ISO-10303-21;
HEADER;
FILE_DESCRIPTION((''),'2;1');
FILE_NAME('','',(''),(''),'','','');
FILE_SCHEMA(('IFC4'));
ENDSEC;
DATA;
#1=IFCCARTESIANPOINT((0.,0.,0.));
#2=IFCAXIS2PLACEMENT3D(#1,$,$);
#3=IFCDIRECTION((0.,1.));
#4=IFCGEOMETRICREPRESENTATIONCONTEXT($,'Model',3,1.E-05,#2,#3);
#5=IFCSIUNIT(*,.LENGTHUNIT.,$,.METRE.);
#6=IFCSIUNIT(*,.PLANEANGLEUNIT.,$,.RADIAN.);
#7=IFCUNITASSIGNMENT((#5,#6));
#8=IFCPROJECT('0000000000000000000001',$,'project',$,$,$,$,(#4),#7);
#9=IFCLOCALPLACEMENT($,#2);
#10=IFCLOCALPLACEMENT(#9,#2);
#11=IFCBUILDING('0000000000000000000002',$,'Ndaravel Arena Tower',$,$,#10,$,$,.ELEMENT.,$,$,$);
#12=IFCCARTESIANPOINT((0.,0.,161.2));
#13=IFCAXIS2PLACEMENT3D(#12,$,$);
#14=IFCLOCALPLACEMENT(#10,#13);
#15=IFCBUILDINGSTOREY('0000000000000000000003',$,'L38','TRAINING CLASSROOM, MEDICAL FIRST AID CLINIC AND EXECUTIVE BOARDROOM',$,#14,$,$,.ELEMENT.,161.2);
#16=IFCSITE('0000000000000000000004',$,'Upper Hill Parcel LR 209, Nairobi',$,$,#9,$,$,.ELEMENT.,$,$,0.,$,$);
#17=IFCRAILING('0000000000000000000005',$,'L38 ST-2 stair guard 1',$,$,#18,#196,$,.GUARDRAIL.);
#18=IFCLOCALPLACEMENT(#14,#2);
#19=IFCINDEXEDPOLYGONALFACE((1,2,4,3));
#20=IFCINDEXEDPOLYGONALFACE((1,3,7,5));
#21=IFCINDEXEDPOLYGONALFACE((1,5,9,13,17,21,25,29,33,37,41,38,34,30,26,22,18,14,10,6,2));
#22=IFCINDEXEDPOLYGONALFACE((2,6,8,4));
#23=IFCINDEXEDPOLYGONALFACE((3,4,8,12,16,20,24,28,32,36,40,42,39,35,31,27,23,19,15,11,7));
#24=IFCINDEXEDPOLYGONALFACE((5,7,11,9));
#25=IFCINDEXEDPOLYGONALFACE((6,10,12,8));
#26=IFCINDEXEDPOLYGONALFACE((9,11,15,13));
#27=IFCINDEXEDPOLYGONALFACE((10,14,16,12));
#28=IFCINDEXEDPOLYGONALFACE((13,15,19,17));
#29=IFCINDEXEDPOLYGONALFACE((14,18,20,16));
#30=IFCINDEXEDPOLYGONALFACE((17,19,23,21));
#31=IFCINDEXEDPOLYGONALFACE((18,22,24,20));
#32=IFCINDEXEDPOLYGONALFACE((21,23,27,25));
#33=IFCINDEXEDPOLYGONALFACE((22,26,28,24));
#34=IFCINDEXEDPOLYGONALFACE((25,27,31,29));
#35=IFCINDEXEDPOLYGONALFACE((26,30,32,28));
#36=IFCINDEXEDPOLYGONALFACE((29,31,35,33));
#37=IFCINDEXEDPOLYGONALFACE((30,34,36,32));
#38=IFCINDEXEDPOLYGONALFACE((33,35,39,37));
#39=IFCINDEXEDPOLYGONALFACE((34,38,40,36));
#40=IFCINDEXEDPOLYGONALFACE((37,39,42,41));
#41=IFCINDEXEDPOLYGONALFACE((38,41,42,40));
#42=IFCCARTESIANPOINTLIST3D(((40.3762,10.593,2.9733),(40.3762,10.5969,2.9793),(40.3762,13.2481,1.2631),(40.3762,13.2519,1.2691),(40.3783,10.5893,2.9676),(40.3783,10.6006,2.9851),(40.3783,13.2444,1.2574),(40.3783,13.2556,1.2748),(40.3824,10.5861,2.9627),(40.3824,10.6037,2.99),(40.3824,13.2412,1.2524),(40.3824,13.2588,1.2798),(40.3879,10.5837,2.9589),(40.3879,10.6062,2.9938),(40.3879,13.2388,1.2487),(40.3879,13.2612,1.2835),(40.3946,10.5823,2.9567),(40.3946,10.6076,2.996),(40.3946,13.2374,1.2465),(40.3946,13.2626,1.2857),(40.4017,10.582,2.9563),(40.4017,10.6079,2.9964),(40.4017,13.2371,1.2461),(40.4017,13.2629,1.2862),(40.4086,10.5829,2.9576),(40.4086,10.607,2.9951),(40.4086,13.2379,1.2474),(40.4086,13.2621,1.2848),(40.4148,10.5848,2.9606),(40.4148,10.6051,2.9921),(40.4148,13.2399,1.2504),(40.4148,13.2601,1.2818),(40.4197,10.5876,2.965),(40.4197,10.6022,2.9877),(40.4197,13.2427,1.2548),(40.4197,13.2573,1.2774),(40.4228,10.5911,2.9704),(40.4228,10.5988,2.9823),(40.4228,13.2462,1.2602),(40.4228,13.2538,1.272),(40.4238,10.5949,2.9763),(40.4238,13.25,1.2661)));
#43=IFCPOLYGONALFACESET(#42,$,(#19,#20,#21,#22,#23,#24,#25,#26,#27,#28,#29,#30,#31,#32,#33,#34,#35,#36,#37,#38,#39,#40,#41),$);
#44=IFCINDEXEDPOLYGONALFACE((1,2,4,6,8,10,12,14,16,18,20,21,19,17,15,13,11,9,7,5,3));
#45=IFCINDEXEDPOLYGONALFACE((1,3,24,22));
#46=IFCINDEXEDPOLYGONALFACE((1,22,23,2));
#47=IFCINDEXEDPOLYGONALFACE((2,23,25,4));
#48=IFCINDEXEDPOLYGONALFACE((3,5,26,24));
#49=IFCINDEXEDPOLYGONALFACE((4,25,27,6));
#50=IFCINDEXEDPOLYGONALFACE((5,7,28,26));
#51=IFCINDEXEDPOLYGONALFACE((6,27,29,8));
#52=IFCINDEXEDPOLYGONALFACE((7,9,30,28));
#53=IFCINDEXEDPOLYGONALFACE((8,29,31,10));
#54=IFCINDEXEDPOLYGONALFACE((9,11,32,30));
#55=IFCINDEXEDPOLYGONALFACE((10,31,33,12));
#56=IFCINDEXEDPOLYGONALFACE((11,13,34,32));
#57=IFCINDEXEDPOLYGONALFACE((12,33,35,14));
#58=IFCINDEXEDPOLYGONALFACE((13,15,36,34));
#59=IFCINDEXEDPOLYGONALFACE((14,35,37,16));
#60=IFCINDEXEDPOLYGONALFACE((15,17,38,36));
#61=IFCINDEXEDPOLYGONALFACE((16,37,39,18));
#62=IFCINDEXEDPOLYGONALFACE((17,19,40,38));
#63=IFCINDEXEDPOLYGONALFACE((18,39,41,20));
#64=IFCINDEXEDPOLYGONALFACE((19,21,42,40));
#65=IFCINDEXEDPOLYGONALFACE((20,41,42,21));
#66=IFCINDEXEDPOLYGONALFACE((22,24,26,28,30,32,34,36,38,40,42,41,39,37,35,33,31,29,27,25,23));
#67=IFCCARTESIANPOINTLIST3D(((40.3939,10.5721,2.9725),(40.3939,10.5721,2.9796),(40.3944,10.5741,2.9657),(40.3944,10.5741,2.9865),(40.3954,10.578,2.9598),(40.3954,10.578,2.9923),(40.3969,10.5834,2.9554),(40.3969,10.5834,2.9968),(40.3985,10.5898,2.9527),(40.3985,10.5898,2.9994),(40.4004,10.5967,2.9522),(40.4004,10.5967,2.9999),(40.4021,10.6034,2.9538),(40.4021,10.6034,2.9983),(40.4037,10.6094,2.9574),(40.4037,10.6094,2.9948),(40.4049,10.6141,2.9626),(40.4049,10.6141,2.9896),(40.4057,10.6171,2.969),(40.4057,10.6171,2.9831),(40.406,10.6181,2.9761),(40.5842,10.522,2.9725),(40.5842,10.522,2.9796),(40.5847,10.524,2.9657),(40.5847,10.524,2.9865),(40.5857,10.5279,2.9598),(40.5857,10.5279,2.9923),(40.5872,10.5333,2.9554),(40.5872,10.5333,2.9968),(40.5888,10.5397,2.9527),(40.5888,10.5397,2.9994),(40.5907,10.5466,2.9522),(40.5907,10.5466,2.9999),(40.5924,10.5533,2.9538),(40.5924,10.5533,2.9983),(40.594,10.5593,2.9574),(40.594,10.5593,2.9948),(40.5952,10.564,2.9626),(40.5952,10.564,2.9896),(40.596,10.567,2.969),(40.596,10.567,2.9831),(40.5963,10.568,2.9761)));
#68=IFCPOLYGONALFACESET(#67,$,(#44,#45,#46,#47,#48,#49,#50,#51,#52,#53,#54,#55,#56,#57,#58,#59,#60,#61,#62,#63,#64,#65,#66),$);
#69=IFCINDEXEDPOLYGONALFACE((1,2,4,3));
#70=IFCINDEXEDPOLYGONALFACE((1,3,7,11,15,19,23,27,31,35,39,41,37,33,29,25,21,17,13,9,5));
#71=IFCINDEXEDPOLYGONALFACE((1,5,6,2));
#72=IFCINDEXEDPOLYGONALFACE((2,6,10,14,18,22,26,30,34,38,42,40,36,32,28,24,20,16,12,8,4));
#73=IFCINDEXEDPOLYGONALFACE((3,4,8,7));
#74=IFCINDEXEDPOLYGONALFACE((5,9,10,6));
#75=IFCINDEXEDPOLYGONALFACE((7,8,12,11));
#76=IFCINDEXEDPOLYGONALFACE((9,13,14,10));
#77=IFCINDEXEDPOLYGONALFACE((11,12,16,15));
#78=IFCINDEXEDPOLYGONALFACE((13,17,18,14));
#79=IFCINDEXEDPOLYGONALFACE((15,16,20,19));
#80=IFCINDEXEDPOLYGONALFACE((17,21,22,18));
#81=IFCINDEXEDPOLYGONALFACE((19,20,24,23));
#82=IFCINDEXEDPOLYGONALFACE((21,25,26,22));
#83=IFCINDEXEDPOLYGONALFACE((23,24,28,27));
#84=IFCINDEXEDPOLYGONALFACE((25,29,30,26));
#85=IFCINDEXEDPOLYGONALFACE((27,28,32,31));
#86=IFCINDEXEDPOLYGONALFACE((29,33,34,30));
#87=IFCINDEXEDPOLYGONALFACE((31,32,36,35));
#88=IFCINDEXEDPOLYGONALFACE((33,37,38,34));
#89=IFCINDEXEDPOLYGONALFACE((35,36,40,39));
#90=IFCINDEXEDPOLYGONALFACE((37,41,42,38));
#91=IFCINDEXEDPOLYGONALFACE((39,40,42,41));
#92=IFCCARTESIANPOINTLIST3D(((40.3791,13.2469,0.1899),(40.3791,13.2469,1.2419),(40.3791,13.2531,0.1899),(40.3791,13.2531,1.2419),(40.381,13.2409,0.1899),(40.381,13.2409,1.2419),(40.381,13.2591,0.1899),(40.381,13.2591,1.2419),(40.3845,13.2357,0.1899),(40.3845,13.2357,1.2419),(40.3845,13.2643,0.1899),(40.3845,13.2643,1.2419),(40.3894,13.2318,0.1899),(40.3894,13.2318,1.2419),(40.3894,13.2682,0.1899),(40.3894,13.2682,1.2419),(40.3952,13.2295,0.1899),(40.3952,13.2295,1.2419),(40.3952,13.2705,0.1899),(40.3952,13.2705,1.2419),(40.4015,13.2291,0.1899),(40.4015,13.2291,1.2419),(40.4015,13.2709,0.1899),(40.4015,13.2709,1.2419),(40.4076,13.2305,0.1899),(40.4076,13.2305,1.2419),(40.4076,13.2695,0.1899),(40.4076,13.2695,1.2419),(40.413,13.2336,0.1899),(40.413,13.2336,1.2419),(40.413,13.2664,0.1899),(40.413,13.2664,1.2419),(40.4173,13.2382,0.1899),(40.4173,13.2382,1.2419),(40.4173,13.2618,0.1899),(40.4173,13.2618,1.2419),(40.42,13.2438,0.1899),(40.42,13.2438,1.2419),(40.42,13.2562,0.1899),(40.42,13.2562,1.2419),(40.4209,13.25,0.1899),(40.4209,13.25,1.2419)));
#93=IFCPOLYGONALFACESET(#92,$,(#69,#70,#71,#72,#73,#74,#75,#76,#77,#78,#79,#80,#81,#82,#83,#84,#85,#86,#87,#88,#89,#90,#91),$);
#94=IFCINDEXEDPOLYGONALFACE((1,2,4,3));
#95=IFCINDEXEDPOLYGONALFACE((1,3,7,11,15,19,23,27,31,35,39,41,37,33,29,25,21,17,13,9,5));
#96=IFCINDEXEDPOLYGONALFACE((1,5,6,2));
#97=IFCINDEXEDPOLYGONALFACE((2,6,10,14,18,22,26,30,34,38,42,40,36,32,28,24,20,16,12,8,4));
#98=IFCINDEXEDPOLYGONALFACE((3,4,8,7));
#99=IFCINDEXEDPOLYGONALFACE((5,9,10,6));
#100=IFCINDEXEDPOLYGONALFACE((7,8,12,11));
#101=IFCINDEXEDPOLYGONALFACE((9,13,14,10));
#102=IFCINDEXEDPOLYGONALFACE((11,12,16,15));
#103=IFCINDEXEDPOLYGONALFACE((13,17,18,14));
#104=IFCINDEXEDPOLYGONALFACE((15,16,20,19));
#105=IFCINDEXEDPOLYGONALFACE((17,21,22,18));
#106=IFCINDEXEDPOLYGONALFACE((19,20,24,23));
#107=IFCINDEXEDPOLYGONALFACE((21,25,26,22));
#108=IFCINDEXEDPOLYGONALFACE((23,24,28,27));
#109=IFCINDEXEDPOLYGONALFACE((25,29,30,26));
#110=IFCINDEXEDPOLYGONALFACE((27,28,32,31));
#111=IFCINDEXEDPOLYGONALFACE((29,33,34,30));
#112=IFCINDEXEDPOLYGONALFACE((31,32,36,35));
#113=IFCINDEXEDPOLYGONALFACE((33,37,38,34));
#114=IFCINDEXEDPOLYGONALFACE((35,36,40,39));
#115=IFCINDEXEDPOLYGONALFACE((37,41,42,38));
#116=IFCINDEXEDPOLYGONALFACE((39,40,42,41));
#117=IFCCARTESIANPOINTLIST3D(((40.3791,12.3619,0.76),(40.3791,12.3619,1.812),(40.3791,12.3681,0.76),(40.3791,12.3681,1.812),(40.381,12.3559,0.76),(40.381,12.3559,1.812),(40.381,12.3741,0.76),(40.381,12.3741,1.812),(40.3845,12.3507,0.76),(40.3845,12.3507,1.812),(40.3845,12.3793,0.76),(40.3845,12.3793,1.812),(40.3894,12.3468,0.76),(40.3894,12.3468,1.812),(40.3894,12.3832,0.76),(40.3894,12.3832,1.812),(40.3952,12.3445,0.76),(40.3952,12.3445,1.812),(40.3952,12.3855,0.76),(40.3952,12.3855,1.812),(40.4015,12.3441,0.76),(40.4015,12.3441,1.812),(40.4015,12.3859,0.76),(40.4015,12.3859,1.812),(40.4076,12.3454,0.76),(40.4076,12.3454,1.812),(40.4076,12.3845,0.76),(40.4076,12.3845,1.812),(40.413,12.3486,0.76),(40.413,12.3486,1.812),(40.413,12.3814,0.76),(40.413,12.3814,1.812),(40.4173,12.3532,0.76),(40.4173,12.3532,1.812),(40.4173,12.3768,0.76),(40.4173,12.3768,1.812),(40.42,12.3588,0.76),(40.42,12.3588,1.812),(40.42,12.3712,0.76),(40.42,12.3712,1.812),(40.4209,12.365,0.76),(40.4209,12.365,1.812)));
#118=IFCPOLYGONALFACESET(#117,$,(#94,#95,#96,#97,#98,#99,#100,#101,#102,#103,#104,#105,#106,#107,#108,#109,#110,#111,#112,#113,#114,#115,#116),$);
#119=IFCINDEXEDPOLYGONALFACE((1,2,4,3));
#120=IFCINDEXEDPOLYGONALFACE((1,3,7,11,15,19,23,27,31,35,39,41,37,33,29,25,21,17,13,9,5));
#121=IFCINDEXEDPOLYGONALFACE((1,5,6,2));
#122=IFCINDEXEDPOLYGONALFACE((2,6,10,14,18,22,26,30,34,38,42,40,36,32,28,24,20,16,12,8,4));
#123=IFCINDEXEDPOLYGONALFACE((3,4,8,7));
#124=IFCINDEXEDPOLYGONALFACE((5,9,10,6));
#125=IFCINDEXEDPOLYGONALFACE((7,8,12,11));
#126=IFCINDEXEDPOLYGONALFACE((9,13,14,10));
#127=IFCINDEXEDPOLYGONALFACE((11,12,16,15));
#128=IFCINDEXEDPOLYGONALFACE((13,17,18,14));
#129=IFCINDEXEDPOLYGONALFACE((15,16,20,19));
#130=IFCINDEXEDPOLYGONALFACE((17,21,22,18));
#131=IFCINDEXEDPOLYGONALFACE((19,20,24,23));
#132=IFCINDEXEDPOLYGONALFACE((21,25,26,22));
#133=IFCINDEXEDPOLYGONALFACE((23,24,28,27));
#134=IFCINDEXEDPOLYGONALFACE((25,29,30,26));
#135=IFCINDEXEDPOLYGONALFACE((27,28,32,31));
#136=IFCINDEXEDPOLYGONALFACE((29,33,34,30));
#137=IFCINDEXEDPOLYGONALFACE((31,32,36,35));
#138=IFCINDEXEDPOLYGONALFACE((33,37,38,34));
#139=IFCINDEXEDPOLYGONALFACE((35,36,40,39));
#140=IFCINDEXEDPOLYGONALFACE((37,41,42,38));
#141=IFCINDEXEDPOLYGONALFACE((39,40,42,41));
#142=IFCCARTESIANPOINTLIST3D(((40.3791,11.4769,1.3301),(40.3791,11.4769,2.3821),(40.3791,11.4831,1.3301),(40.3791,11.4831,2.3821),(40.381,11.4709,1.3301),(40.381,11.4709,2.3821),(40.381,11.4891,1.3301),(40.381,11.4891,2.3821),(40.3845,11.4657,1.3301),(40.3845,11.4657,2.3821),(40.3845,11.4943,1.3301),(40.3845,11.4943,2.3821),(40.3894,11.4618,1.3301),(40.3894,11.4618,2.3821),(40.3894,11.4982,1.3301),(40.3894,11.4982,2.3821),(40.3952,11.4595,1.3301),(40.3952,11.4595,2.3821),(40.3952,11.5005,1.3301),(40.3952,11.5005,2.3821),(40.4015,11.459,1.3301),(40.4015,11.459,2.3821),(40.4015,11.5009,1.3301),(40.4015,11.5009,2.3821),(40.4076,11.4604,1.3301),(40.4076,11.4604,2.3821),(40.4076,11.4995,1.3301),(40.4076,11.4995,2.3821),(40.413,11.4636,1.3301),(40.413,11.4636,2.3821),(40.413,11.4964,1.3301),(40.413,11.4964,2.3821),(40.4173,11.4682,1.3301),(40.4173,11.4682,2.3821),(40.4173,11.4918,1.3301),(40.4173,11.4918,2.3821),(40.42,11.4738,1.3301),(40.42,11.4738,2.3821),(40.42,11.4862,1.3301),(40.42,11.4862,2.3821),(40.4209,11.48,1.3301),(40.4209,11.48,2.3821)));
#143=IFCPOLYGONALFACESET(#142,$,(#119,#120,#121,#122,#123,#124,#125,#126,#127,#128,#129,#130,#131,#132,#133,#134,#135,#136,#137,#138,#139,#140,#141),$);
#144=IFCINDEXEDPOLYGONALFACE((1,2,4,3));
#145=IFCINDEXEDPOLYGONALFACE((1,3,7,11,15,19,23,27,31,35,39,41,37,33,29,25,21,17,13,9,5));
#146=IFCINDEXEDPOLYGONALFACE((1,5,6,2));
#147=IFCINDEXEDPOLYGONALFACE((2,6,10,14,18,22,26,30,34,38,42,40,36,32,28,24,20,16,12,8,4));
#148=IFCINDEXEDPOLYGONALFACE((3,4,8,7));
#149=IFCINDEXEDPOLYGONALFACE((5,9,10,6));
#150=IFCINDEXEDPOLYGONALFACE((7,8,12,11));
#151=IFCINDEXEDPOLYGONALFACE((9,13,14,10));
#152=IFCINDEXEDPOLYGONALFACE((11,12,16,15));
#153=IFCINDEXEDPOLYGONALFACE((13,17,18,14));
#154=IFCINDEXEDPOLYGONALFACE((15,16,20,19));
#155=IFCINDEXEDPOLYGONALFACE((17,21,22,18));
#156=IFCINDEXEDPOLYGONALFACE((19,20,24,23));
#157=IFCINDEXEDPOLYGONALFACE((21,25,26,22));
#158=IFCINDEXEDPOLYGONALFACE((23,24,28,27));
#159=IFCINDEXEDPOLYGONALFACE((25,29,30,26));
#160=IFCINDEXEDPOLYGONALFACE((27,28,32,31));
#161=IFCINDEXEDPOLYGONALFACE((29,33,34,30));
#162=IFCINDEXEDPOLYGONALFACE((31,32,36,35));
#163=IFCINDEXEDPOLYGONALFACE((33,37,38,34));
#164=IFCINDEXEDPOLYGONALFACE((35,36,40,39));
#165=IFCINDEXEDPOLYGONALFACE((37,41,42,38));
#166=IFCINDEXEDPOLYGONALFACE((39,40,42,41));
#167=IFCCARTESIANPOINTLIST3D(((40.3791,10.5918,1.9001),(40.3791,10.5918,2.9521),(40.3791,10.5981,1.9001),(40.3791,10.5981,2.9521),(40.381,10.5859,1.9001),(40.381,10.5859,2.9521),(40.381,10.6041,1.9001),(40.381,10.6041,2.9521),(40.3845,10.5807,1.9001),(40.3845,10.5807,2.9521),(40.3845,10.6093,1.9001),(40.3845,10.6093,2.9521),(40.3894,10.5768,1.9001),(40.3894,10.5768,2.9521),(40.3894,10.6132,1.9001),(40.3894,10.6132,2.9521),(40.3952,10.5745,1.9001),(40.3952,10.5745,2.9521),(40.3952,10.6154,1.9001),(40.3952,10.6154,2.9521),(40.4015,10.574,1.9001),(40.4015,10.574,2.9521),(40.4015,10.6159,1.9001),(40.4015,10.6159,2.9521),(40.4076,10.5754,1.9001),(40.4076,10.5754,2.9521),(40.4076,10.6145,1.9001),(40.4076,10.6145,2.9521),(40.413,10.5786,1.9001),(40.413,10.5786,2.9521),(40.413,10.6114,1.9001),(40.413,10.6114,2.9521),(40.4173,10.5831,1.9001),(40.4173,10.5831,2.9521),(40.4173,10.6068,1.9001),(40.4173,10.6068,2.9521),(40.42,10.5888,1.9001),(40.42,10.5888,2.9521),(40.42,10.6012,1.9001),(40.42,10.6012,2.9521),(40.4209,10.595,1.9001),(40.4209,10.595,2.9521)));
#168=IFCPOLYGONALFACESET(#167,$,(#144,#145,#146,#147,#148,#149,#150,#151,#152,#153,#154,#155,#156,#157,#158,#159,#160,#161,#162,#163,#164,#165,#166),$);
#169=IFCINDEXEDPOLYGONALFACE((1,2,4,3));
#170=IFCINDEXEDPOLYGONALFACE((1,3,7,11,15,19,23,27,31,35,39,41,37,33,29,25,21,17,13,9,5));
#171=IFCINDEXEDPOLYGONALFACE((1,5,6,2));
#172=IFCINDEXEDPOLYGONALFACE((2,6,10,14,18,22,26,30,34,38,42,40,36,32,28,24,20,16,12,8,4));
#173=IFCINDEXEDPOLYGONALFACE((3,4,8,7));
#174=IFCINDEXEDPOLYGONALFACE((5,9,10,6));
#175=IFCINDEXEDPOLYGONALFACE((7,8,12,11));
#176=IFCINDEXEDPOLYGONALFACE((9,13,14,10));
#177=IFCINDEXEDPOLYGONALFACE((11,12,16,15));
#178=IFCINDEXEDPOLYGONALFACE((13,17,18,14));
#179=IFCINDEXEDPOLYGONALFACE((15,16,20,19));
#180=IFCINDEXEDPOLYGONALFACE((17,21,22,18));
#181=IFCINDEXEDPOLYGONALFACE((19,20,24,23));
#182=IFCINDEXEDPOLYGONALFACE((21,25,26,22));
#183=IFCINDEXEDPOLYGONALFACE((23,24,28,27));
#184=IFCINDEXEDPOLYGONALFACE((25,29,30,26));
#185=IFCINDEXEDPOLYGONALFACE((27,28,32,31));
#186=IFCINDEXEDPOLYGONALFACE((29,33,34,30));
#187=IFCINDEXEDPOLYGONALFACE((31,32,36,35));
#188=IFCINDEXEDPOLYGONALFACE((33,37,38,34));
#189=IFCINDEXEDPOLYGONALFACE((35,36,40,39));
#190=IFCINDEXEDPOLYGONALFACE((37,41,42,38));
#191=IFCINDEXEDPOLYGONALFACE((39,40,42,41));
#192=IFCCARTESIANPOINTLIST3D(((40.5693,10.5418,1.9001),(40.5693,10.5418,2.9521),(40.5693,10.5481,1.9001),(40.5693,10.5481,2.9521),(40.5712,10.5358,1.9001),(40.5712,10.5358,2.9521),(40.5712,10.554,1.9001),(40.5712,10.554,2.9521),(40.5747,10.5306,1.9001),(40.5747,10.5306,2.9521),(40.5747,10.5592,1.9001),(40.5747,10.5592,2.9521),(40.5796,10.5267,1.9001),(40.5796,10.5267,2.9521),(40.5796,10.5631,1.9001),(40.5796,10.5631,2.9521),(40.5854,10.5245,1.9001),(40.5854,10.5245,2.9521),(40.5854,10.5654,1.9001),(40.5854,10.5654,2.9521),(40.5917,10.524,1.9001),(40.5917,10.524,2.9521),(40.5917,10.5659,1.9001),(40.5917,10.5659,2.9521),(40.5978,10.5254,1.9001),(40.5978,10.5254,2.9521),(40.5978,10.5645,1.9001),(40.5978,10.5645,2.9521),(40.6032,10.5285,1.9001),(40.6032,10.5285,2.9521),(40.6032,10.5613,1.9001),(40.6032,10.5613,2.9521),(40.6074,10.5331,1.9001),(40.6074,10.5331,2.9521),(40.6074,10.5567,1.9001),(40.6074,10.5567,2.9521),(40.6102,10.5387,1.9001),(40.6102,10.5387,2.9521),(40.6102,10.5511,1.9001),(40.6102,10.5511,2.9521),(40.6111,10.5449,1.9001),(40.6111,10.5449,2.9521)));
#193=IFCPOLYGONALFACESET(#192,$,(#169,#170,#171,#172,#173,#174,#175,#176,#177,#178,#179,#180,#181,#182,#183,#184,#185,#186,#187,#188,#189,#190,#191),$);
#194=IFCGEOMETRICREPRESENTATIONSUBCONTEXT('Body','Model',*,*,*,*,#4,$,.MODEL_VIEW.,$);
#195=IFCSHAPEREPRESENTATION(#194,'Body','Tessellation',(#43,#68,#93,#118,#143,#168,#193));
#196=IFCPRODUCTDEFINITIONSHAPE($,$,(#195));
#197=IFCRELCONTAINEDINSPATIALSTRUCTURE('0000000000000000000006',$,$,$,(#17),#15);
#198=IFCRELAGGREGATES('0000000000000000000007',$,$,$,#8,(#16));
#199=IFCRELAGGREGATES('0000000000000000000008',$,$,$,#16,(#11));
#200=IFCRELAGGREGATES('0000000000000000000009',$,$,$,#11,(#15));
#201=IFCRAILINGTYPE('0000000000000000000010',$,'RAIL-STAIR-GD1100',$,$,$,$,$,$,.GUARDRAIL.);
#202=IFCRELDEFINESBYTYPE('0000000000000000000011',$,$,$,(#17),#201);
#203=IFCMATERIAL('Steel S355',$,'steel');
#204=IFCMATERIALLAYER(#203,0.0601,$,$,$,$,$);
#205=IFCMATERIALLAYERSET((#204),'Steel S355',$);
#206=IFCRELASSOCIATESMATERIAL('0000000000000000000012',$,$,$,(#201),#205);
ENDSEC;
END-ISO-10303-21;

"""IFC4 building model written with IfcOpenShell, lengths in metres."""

from ifc_helpers import new_model, si_unit, direction, frame, origin, origin_2d, place, context, subcontext, project, spatial, circle, extrude, material, layer, layer_set, type_object, element, save


model = new_model("IFC4")

# Units and contexts
model_context = context("Model", 3, precision=1e-05, world=origin(), true_north=direction((0.0, 1.0)))
body_context = subcontext(model_context, "Body", "Model", "MODEL_VIEW")
ifc_project = project(units=[si_unit("LENGTHUNIT", "METRE"), si_unit("PLANEANGLEUNIT", "RADIAN")], contexts=[model_context])

# Site, building, storey
site_placement = place(None, origin())
site = spatial("IfcSite", under=ifc_project, at=site_placement, Name="Upper Hill Parcel LR 209, Nairobi", CompositionType="ELEMENT", RefElevation=0.0)
building_placement = place(site_placement, origin())
building = spatial("IfcBuilding", under=site, at=building_placement, Name="Ndaravel Arena Tower", CompositionType="ELEMENT")
storey_placement = place(building_placement, frame((0.0, 0.0, 161.2)))
storey = spatial("IfcBuildingStorey", under=building, at=storey_placement, Name="L38", Description="TRAINING CLASSROOM, MEDICAL FIRST AID CLINIC AND EXECUTIVE BOARDROOM", CompositionType="ELEMENT", Elevation=161.2)

# Railing
ifc_material_1 = material(Name="Steel S355", Category="steel")
ifc_layer_1 = layer(ifc_material_1, 0.0601)
ifc_layer_set_1 = layer_set([ifc_layer_1], Name="Steel S355")
railing_type_1 = type_object("IfcRailingType", Name="RAIL-STAIR-GD1100", PredefinedType="GUARDRAIL", material=ifc_layer_set_1)
railing_1_placement = place(storey_placement, frame((40.3999, 13.25, 0.1899)))
element("IfcRailing", 1, at=railing_1_placement, inside=storey, type_object=railing_type_1, Name="L38 ST-2 stair guard 1", PredefinedType="GUARDRAIL", context=body_context, shape_type="SweptSolid", body=[
    extrude(circle(Radius=0.0239, at=origin_2d()), frame((0.0, 0.0, 1.0762), z_axis=(0.0, -0.840688, 0.541519), x_axis=(1.0, 0.0, 0.0)), (0.0, 0.0, 1.0), 3.1582),
    extrude(circle(Radius=0.0239, at=origin_2d()), frame((0.0, -2.655, 2.7861), z_axis=(0.967075, -0.254493, 0.0), x_axis=(0.254493, 0.967075, 0.0)), (0.0, 0.0, 1.0), 0.1968),
    extrude(circle(Radius=0.021, at=origin_2d()), origin(), (0.0, 0.0, 1.0), 1.052),
    extrude(circle(Radius=0.021, at=origin_2d()), frame((0.0, -0.885, 0.5701)), (0.0, 0.0, 1.0), 1.052),
    extrude(circle(Radius=0.021, at=origin_2d()), frame((0.0, -1.77, 1.1401)), (0.0, 0.0, 1.0), 1.052),
    extrude(circle(Radius=0.021, at=origin_2d()), frame((0.0, -2.655, 1.7102)), (0.0, 0.0, 1.0), 1.052),
    extrude(circle(Radius=0.021, at=origin_2d()), frame((0.1902, -2.7051, 1.7102)), (0.0, 0.0, 1.0), 1.052),
])

save(model, "model.ifc")
